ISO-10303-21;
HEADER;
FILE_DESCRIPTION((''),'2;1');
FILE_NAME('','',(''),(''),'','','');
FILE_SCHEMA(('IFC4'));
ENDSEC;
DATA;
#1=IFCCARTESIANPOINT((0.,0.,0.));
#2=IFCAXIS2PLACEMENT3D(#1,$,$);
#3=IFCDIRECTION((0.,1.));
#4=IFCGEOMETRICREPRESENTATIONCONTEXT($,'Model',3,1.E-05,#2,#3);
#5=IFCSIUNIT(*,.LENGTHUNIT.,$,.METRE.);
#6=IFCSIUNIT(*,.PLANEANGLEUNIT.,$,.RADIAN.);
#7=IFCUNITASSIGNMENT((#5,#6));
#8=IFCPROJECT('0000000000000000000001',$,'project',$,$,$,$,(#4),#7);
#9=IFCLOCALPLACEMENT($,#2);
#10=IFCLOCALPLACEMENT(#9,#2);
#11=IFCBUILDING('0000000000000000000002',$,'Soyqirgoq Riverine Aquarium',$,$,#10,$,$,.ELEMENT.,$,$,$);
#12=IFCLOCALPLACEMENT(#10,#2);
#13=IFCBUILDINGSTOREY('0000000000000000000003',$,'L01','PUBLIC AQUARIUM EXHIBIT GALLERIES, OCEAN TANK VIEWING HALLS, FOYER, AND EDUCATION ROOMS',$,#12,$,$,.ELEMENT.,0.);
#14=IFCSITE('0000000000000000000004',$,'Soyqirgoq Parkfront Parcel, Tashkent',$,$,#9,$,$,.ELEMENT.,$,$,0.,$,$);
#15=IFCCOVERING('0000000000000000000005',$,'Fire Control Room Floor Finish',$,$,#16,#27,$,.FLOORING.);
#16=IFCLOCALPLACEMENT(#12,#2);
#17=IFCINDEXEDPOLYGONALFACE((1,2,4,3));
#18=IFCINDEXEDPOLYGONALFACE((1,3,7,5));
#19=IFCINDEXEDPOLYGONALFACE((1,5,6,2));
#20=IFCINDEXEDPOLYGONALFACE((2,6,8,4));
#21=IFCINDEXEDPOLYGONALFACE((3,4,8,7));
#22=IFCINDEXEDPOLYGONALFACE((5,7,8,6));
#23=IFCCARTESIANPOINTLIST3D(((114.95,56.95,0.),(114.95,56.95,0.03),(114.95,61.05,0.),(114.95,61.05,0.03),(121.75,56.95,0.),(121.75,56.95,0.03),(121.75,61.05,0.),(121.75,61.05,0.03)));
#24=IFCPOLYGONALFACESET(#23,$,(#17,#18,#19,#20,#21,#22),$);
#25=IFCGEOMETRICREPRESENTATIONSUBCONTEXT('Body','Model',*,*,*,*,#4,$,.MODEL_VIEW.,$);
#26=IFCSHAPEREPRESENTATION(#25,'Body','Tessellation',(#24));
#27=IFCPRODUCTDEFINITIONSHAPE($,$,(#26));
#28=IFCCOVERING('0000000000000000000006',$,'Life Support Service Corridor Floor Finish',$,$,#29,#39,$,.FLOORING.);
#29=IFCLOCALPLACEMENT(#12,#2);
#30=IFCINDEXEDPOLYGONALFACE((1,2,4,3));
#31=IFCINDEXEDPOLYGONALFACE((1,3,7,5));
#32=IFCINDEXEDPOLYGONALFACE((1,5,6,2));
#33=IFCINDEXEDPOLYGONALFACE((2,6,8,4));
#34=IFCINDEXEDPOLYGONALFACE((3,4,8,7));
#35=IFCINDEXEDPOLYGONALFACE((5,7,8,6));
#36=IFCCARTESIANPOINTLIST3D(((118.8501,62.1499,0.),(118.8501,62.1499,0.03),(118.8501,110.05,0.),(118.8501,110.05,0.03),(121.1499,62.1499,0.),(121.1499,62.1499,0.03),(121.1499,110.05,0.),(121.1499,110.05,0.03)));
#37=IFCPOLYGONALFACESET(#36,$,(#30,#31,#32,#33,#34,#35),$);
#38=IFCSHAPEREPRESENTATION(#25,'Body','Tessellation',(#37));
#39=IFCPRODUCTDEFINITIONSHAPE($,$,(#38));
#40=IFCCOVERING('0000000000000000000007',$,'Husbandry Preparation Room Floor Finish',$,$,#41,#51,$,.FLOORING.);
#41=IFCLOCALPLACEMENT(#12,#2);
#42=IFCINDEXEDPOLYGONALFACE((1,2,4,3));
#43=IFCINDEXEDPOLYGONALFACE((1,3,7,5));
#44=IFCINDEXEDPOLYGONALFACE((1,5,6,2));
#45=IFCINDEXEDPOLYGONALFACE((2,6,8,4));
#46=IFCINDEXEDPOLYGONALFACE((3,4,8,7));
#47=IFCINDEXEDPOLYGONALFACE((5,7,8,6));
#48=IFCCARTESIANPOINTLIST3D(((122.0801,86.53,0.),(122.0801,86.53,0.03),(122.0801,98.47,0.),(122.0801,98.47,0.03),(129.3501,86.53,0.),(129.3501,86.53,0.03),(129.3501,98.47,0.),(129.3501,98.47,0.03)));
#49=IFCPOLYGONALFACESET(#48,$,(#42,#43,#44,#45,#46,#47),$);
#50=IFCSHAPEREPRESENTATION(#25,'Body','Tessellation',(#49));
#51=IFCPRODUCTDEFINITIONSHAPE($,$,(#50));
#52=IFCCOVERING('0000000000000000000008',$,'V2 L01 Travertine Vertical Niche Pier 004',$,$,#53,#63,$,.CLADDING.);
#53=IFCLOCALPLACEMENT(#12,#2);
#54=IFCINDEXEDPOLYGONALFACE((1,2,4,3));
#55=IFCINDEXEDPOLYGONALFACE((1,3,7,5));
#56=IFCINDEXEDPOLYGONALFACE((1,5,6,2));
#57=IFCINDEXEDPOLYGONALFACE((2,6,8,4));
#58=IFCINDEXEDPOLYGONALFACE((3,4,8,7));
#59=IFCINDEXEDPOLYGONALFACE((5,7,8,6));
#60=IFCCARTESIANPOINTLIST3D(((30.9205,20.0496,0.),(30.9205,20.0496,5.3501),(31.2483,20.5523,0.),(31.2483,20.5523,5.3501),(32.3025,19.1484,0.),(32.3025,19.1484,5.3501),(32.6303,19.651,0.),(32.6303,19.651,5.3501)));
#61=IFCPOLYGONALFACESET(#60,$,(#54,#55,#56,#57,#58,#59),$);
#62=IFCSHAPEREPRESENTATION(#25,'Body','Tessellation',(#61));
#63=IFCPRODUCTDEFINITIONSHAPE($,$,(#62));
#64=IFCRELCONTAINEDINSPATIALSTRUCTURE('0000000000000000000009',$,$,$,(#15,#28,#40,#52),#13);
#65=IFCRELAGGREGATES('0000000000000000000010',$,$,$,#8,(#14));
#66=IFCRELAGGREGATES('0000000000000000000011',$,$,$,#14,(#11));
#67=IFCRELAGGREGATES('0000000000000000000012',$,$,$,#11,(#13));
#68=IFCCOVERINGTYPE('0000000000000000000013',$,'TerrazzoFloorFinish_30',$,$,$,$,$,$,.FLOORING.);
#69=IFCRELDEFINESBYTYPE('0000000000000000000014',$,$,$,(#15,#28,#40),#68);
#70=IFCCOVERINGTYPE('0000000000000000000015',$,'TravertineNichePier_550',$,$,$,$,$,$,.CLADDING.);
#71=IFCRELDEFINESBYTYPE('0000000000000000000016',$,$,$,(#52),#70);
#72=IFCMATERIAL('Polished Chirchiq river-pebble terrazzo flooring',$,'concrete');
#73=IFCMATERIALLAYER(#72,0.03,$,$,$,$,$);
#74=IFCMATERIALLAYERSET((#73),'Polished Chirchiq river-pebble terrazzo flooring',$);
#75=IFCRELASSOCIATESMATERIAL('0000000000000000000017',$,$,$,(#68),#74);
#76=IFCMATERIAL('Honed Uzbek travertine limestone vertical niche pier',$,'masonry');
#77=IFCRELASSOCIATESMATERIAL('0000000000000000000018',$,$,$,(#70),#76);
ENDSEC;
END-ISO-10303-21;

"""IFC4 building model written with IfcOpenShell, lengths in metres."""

from ifc_helpers import new_model, si_unit, direction, frame, origin, origin_2d, place, context, subcontext, project, spatial, polyline, rectangle, outline, extrude, material, layer, layer_set, type_object, element, save


model = new_model("IFC4")

# Units and contexts
model_context = context("Model", 3, precision=1e-05, world=origin(), true_north=direction((0.0, 1.0)))
body_context = subcontext(model_context, "Body", "Model", "MODEL_VIEW")
ifc_project = project(units=[si_unit("LENGTHUNIT", "METRE"), si_unit("PLANEANGLEUNIT", "RADIAN")], contexts=[model_context])

# Site, building, storey
site_placement = place(None, origin())
site = spatial("IfcSite", under=ifc_project, at=site_placement, Name="Soyqirgoq Parkfront Parcel, Tashkent", CompositionType="ELEMENT", RefElevation=0.0)
building_placement = place(site_placement, origin())
building = spatial("IfcBuilding", under=site, at=building_placement, Name="Soyqirgoq Riverine Aquarium", CompositionType="ELEMENT")
storey_placement = place(building_placement, origin())
storey = spatial("IfcBuildingStorey", under=building, at=storey_placement, Name="L01", Description="PUBLIC AQUARIUM EXHIBIT GALLERIES, OCEAN TANK VIEWING HALLS, FOYER, AND EDUCATION ROOMS", CompositionType="ELEMENT", Elevation=0.0)

# Coverings
ifc_material_1 = material(Name="Polished Chirchiq river-pebble terrazzo flooring", Category="concrete")
ifc_layer_1 = layer(ifc_material_1, 0.03)
ifc_layer_set_1 = layer_set([ifc_layer_1], Name="Polished Chirchiq river-pebble terrazzo flooring")
covering_type_1 = type_object("IfcCoveringType", Name="TerrazzoFloorFinish_30", PredefinedType="FLOORING", material=ifc_layer_set_1)
covering_1_placement = place(storey_placement, origin())
element("IfcCovering", 1, at=covering_1_placement, inside=storey, type_object=covering_type_1, Name="Fire Control Room Floor Finish", PredefinedType="FLOORING", context=body_context, shape_type="SweptSolid", body=[
    extrude(outline(polyline([(114.95, 56.95), (114.95, 61.05), (121.75, 61.05), (121.75, 56.95), (114.95, 56.95)])), origin(), (0.0, 0.0, 1.0), 0.03),
])
covering_2_placement = place(storey_placement, origin())
element("IfcCovering", 2, at=covering_2_placement, inside=storey, type_object=covering_type_1, Name="Life Support Service Corridor Floor Finish", PredefinedType="FLOORING", context=body_context, shape_type="SweptSolid", body=[
    extrude(outline(polyline([(118.8501, 62.1499), (118.8501, 110.05), (121.1499, 110.05), (121.1499, 62.1499), (118.8501, 62.1499)])), origin(), (0.0, 0.0, 1.0), 0.03),
])
covering_3_placement = place(storey_placement, origin())
element("IfcCovering", 3, at=covering_3_placement, inside=storey, type_object=covering_type_1, Name="Husbandry Preparation Room Floor Finish", PredefinedType="FLOORING", context=body_context, shape_type="SweptSolid", body=[
    extrude(outline(polyline([(129.3501, 86.53), (122.0801, 86.53), (122.0801, 98.47), (129.3501, 98.47), (129.3501, 86.53)])), origin(), (0.0, 0.0, 1.0), 0.03),
])
ifc_material_2 = material(Name="Honed Uzbek travertine limestone vertical niche pier", Category="masonry")
covering_type_2 = type_object("IfcCoveringType", Name="TravertineNichePier_550", PredefinedType="CLADDING", material=ifc_material_2)
covering_4_placement = place(storey_placement, frame((31.7754, 19.8503, 0.0), z_axis=(0.0, 0.0, 1.0), x_axis=(-0.546248, -0.837623, 0.0)))
element("IfcCovering", 4, at=covering_4_placement, inside=storey, type_object=covering_type_2, Name="V2 L01 Travertine Vertical Niche Pier 004", PredefinedType="CLADDING", context=body_context, shape_type="SweptSolid", body=[
    extrude(rectangle(XDim=0.6001, YDim=1.6499, at=origin_2d()), origin(), (0.0, 0.0, 1.0), 5.3501),
])

save(model, "model.ifc")
